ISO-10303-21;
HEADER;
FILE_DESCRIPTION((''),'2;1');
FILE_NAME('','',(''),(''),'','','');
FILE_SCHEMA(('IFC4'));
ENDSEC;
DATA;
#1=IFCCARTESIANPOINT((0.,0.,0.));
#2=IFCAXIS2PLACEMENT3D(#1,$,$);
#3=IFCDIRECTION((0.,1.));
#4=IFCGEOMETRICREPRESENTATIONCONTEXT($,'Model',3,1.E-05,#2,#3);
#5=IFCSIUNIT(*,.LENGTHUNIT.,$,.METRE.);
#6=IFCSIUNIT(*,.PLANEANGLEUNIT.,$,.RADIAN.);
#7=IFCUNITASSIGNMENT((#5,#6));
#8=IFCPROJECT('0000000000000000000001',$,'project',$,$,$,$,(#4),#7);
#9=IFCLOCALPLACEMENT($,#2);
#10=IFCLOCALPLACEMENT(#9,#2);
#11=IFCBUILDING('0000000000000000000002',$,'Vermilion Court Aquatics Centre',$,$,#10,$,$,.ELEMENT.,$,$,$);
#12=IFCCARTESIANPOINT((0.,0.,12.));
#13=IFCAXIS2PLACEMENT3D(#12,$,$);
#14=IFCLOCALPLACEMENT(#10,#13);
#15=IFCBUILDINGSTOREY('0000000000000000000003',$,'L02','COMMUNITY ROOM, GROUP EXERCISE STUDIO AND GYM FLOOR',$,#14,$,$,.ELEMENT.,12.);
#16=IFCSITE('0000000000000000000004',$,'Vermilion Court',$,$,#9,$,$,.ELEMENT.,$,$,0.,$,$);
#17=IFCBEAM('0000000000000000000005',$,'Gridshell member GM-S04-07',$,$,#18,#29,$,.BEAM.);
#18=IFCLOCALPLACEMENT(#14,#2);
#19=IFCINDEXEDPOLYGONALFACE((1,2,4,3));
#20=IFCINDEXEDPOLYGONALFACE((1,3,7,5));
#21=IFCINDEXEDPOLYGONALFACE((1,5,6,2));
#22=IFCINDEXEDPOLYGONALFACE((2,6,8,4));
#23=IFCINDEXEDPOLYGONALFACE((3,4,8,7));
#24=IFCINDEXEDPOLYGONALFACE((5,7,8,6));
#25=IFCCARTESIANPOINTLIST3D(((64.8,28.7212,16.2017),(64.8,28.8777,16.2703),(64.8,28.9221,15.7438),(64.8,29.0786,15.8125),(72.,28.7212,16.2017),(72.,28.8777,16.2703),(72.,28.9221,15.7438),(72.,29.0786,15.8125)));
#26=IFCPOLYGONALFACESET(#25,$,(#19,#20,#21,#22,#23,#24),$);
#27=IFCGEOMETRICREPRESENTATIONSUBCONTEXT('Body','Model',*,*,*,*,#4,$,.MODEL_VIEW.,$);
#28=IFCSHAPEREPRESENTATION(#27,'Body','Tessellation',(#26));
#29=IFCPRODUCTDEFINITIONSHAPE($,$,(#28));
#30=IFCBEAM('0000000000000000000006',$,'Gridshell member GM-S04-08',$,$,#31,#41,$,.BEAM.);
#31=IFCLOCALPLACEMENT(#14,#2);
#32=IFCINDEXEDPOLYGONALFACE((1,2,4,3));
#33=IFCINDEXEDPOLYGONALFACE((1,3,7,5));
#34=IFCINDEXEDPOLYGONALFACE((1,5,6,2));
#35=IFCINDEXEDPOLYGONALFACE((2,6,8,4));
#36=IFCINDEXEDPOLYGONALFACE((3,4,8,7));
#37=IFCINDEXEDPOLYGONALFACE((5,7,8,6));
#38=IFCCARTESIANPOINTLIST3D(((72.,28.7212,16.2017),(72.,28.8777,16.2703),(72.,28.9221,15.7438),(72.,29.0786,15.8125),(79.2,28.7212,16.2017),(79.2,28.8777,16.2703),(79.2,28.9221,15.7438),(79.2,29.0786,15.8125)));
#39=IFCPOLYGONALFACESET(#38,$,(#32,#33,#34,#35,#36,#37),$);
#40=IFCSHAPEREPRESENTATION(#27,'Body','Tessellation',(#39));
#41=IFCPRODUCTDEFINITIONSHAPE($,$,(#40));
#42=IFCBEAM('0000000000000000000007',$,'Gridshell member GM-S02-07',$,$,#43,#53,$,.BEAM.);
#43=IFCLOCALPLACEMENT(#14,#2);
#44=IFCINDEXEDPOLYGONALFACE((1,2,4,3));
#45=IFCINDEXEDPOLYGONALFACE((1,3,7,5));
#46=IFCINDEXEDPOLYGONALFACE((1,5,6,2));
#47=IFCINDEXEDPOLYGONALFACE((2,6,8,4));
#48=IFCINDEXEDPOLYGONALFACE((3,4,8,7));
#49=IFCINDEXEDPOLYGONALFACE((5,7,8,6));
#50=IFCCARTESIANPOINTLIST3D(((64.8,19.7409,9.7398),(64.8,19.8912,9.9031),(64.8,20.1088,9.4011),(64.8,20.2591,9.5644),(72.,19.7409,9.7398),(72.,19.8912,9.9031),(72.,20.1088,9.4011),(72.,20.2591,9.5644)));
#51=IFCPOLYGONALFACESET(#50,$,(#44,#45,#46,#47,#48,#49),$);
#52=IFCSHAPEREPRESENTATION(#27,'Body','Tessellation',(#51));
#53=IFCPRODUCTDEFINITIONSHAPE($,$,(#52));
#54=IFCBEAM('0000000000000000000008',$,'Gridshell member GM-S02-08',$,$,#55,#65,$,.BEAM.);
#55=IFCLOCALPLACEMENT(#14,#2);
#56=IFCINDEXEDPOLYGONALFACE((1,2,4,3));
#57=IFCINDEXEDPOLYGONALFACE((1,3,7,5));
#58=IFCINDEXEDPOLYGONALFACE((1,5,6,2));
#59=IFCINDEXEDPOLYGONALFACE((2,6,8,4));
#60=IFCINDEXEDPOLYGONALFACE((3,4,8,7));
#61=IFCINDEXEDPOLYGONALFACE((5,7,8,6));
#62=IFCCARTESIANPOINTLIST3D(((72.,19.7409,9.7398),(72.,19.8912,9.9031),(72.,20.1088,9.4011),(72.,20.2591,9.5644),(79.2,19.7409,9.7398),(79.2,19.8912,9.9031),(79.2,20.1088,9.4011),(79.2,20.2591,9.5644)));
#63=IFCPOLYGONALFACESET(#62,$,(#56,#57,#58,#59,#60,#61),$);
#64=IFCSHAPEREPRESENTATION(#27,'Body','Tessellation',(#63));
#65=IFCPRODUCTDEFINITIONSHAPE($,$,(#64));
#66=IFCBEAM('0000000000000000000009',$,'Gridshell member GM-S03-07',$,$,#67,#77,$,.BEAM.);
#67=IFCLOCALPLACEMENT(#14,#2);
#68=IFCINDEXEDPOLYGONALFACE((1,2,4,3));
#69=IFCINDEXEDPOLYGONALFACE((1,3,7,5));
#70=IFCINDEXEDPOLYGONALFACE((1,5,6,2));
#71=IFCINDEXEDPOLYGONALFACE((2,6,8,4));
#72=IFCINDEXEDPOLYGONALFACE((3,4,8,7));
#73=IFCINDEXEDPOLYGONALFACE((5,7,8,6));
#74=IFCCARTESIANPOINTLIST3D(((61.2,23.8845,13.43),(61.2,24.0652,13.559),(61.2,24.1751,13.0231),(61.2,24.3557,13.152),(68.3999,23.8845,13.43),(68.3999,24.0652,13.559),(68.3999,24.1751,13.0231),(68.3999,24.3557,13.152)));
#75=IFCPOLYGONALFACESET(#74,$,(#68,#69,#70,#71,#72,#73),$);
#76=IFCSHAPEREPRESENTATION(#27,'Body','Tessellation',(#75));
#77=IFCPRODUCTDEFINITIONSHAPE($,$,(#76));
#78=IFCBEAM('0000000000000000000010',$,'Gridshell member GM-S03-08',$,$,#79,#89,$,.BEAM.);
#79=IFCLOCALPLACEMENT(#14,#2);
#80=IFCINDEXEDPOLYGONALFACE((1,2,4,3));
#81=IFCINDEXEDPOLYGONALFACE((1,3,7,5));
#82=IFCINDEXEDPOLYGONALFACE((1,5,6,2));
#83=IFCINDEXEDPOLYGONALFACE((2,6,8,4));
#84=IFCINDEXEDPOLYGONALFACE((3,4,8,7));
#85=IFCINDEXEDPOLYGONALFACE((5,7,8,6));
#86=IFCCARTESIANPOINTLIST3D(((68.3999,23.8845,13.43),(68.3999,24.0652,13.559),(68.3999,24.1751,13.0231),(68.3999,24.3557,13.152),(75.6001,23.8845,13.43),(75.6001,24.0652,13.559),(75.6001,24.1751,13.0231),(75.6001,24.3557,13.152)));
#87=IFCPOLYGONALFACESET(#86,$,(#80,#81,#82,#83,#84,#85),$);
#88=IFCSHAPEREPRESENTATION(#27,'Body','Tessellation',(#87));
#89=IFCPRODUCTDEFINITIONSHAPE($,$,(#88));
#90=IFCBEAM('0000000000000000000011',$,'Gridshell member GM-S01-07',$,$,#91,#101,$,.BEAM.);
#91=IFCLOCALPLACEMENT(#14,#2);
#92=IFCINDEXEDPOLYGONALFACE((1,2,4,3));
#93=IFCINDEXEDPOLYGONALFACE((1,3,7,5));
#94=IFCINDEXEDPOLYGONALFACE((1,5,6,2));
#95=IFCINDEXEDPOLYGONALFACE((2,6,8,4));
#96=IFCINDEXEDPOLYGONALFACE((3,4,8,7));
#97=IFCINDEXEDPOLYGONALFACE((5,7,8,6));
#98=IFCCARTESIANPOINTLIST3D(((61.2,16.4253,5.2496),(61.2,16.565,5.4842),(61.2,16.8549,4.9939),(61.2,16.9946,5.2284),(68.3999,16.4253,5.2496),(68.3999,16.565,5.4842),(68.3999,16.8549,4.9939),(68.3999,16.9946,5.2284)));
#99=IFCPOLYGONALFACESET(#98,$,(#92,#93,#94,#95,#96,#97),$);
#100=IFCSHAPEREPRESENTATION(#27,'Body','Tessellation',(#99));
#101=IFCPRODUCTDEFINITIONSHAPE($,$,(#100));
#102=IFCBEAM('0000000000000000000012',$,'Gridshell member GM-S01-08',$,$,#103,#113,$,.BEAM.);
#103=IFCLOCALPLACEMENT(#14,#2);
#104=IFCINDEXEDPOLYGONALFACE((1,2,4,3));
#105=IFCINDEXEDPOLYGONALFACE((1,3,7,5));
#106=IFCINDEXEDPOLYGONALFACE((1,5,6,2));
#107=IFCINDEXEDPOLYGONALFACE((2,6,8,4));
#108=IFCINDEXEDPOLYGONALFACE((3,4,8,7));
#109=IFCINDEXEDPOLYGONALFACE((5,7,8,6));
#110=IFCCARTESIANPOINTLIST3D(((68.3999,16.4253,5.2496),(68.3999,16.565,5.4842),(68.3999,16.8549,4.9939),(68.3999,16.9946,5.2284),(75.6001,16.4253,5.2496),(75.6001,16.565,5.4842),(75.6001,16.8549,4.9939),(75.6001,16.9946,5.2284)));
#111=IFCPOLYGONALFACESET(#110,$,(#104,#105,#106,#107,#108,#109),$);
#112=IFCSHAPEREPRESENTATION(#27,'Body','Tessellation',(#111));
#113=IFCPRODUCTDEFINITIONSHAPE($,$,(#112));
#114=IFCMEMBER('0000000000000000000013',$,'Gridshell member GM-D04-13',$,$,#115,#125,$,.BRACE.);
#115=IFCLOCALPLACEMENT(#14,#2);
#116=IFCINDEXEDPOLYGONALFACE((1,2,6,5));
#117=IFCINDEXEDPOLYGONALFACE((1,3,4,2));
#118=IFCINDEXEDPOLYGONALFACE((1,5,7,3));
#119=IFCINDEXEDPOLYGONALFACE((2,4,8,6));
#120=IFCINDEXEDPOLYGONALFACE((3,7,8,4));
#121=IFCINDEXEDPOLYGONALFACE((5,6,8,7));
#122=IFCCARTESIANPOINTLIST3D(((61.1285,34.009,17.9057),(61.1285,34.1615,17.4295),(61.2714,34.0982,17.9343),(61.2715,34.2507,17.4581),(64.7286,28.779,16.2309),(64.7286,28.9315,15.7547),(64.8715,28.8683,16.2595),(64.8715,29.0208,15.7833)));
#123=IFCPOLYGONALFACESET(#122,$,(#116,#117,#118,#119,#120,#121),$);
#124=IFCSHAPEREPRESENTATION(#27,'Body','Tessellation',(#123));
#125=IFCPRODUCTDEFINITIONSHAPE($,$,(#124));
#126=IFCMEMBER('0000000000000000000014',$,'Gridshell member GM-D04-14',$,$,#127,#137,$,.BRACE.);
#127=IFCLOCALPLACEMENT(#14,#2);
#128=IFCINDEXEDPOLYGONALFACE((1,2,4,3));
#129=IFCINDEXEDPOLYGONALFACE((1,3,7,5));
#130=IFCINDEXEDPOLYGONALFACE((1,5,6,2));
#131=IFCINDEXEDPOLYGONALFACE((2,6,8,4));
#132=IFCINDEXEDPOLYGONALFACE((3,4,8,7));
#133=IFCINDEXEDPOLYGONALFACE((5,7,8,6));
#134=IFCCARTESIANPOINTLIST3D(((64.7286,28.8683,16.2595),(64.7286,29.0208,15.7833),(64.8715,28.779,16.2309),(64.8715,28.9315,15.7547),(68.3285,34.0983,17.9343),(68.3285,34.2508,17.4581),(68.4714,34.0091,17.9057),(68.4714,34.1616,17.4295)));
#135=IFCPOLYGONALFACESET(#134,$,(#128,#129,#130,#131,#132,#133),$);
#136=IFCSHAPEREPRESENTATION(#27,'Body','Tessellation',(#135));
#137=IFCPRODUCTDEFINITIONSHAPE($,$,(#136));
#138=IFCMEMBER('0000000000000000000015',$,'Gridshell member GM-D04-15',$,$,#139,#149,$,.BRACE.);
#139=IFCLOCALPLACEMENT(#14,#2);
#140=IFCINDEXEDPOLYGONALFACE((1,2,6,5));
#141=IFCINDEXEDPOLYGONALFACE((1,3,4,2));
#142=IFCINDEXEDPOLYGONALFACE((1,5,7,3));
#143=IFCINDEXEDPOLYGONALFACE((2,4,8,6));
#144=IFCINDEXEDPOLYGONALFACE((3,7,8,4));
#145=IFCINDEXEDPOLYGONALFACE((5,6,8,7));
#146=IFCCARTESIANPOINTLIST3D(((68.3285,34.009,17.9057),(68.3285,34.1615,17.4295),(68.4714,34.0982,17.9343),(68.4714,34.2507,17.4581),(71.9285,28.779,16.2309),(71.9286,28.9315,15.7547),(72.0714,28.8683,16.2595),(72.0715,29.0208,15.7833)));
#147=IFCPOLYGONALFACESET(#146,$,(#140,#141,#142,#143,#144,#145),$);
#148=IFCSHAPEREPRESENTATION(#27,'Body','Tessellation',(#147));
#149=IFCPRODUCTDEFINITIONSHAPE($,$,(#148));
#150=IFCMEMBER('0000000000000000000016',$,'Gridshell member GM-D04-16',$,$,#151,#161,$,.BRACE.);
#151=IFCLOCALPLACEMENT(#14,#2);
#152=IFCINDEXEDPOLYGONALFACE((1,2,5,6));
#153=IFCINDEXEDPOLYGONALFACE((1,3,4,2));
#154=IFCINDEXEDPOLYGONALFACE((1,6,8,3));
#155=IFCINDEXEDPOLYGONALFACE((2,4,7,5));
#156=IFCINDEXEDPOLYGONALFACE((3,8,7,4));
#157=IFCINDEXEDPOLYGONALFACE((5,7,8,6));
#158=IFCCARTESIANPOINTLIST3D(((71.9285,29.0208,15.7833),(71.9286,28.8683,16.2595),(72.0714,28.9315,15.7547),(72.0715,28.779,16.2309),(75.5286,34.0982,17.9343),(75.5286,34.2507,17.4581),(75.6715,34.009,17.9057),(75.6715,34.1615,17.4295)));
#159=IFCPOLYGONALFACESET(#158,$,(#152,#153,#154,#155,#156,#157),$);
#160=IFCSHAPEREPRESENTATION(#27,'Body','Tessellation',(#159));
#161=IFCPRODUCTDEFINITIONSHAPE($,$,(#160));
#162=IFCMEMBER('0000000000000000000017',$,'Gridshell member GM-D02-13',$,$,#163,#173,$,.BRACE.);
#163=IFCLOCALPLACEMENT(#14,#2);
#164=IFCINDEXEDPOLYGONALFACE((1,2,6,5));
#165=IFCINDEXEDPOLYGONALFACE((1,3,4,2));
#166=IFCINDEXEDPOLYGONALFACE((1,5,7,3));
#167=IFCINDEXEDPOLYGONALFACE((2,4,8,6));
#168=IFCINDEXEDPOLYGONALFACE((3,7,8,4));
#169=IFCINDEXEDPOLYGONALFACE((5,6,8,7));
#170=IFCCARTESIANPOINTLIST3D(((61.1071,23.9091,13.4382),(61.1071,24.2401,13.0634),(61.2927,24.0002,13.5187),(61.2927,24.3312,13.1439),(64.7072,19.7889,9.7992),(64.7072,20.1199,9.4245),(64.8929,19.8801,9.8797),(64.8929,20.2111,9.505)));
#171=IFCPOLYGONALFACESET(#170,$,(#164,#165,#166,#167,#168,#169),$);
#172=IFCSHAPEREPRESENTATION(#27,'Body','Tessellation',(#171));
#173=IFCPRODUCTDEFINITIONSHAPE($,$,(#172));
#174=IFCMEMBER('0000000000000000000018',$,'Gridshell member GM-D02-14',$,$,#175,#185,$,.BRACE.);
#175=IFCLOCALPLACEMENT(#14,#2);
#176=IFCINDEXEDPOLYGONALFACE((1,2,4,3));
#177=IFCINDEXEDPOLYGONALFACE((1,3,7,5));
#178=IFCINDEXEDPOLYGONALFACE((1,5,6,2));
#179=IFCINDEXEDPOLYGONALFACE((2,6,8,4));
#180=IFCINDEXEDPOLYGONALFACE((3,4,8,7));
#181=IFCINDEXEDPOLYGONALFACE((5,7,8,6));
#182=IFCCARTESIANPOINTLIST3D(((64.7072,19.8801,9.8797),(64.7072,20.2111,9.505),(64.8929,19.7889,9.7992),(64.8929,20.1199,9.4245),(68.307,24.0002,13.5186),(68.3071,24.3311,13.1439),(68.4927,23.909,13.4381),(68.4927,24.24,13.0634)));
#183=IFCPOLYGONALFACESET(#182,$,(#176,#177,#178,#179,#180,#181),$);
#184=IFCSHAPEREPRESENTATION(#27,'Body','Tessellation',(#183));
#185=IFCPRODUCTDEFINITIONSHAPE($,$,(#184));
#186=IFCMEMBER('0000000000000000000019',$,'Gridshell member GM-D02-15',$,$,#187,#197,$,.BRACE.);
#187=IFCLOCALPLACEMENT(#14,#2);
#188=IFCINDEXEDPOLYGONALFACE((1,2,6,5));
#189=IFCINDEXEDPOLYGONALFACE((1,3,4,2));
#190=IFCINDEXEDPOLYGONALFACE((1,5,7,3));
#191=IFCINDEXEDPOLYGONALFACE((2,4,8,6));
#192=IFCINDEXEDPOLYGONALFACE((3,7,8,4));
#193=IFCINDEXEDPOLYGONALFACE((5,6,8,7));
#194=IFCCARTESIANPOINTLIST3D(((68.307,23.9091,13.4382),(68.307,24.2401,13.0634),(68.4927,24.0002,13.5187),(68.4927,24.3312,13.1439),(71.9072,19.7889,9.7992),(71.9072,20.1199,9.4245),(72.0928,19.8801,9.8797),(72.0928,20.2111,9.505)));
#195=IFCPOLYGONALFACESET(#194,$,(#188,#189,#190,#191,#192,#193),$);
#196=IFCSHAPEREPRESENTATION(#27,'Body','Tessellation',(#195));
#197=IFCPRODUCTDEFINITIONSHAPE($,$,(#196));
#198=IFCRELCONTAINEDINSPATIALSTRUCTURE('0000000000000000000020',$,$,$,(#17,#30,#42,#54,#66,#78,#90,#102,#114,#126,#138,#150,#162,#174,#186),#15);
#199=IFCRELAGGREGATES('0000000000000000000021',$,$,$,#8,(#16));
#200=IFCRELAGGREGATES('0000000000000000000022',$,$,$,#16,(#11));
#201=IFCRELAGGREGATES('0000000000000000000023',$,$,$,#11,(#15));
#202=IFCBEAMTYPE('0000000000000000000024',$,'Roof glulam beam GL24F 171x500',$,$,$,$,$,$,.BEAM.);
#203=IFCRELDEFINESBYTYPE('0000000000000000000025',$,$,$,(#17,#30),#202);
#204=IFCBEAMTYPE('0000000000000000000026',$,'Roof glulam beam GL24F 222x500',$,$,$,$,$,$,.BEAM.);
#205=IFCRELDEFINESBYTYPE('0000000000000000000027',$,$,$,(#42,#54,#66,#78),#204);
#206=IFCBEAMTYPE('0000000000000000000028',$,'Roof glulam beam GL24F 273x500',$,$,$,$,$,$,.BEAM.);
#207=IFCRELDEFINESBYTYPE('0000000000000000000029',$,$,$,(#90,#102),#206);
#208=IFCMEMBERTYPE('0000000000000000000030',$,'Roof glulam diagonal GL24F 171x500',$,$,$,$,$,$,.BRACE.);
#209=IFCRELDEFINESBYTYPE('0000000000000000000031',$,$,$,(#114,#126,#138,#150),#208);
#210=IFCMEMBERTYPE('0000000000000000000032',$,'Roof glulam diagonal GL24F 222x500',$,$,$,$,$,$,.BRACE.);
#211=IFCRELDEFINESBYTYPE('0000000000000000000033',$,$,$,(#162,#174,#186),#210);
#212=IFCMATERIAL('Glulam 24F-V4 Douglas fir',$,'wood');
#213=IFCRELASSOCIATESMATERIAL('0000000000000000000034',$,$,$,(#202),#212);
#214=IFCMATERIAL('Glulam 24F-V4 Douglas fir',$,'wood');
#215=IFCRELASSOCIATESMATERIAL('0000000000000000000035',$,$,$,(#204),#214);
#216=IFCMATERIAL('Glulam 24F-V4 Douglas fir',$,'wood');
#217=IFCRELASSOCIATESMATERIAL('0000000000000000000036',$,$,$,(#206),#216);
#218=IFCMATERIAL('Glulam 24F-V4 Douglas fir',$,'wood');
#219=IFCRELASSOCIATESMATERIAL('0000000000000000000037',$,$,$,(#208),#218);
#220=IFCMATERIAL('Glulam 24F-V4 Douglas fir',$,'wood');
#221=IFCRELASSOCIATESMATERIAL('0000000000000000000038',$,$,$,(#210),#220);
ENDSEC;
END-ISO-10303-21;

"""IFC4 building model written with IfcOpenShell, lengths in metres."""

from ifc_helpers import new_model, si_unit, direction, frame, origin, origin_2d, place, context, subcontext, project, spatial, rectangle, extrude, material, material_profile, profile_set, type_object, element, save


model = new_model("IFC4")

# Units and contexts
model_context = context("Model", 3, precision=1e-05, world=origin(), true_north=direction((0.0, 1.0)))
body_context = subcontext(model_context, "Body", "Model", "MODEL_VIEW")
ifc_project = project(units=[si_unit("LENGTHUNIT", "METRE"), si_unit("PLANEANGLEUNIT", "RADIAN")], contexts=[model_context])

# Site, building, storey
site_placement = place(None, origin())
site = spatial("IfcSite", under=ifc_project, at=site_placement, Name="Vermilion Court", CompositionType="ELEMENT", RefElevation=0.0)
building_placement = place(site_placement, origin())
building = spatial("IfcBuilding", under=site, at=building_placement, Name="Vermilion Court Aquatics Centre", CompositionType="ELEMENT")
storey_placement = place(building_placement, frame((0.0, 0.0, 12.0)))
storey = spatial("IfcBuildingStorey", under=building, at=storey_placement, Name="L02", Description="COMMUNITY ROOM, GROUP EXERCISE STUDIO AND GYM FLOOR", CompositionType="ELEMENT", Elevation=12.0)

# Beams
ifc_material_1 = material(Name="Glulam 24F-V4 Douglas fir", Category="wood")
ifc_material_profile_1 = material_profile(ifc_material_1, rectangle(XDim=0.1709, YDim=0.5, at=origin_2d()), Name="GL24F 171x500")
ifc_profile_set_1 = profile_set([ifc_material_profile_1], Name="Glulam 24F-V4 Douglas fir")
beam_type_1 = type_object("IfcBeamType", Name="Roof glulam beam GL24F 171x500", PredefinedType="BEAM", material=ifc_profile_set_1)
for number, where, z_axis, x_axis, name in (
    (1, (64.8, 28.8999, 16.0071), (1.0, 0.0, 0.0), (0.0, 0.915794, 0.401648), "Gridshell member GM-S04-07"),
    (2, (72.0, 28.8999, 16.0071), (1.0, 0.0, 0.0), (0.0, 0.915794, 0.401648), "Gridshell member GM-S04-08"),
):
    element("IfcBeam", number, at=place(storey_placement, frame(where, z_axis=z_axis, x_axis=x_axis)), inside=storey, type_object=beam_type_1, Name=name, PredefinedType="BEAM", context=body_context, shape_type="SweptSolid", body=[
        extrude(rectangle(XDim=0.1709, YDim=0.5, at=origin_2d()), origin(), (0.0, 0.0, 1.0), 7.2),
    ])
ifc_material_2 = material(Name="Glulam 24F-V4 Douglas fir", Category="wood")
ifc_material_profile_2 = material_profile(ifc_material_2, rectangle(XDim=0.2219, YDim=0.5, at=origin_2d()), Name="GL24F 222x500")
ifc_profile_set_2 = profile_set([ifc_material_profile_2], Name="Glulam 24F-V4 Douglas fir")
beam_type_2 = type_object("IfcBeamType", Name="Roof glulam beam GL24F 222x500", PredefinedType="BEAM", material=ifc_profile_set_2)
for number, where, z_axis, x_axis, name in (
    (3, (64.8, 20.0, 9.6521), (1.0, 0.0, 0.0), (0.0, 0.67726, 0.735744), "Gridshell member GM-S02-07"),
    (4, (72.0, 20.0, 9.6521), (1.0, 0.0, 0.0), (0.0, 0.67726, 0.735744), "Gridshell member GM-S02-08"),
    (5, (61.2, 24.1201, 13.291), (1.0, 0.0, 0.0), (0.0, 0.813848, 0.581078), "Gridshell member GM-S03-07"),
):
    element("IfcBeam", number, at=place(storey_placement, frame(where, z_axis=z_axis, x_axis=x_axis)), inside=storey, type_object=beam_type_2, Name=name, PredefinedType="BEAM", context=body_context, shape_type="SweptSolid", body=[
        extrude(rectangle(XDim=0.2219, YDim=0.5, at=origin_2d()), origin(), (0.0, 0.0, 1.0), 7.2),
    ])
beam_1_placement = place(storey_placement, frame((68.3999, 24.1201, 13.291), z_axis=(1.0, 0.0, 0.0), x_axis=(0.0, 0.813848, 0.581078)))
element("IfcBeam", 6, at=beam_1_placement, inside=storey, type_object=beam_type_2, Name="Gridshell member GM-S03-08", PredefinedType="BEAM", context=body_context, shape_type="SweptSolid", body=[
    extrude(rectangle(XDim=0.2219, YDim=0.5, at=origin_2d()), origin(), (0.0, 0.0, 1.0), 7.2002),
])
ifc_material_3 = material(Name="Glulam 24F-V4 Douglas fir", Category="wood")
ifc_material_profile_3 = material_profile(ifc_material_3, rectangle(XDim=0.2729, YDim=0.5, at=origin_2d()), Name="GL24F 273x500")
ifc_profile_set_3 = profile_set([ifc_material_profile_3], Name="Glulam 24F-V4 Douglas fir")
beam_type_3 = type_object("IfcBeamType", Name="Roof glulam beam GL24F 273x500", PredefinedType="BEAM", material=ifc_profile_set_3)
beam_2_placement = place(storey_placement, frame((61.2, 16.71, 5.239), z_axis=(1.0, 0.0, 0.0), x_axis=(0.0, 0.511595, 0.859227)))
element("IfcBeam", 7, at=beam_2_placement, inside=storey, type_object=beam_type_3, Name="Gridshell member GM-S01-07", PredefinedType="BEAM", context=body_context, shape_type="SweptSolid", body=[
    extrude(rectangle(XDim=0.2729, YDim=0.5, at=origin_2d()), origin(), (0.0, 0.0, 1.0), 7.2),
])
beam_3_placement = place(storey_placement, frame((68.3999, 16.71, 5.239), z_axis=(1.0, 0.0, 0.0), x_axis=(0.0, 0.511595, 0.859227)))
element("IfcBeam", 8, at=beam_3_placement, inside=storey, type_object=beam_type_3, Name="Gridshell member GM-S01-08", PredefinedType="BEAM", context=body_context, shape_type="SweptSolid", body=[
    extrude(rectangle(XDim=0.2729, YDim=0.5, at=origin_2d()), origin(), (0.0, 0.0, 1.0), 7.2002),
])

# Members
ifc_material_4 = material(Name="Glulam 24F-V4 Douglas fir", Category="wood")
ifc_material_profile_4 = material_profile(ifc_material_4, rectangle(XDim=0.1709, YDim=0.5, at=origin_2d()), Name="GL24F 171x500")
ifc_profile_set_4 = profile_set([ifc_material_profile_4], Name="Glulam 24F-V4 Douglas fir")
member_type_1 = type_object("IfcMemberType", Name="Roof glulam diagonal GL24F 171x500", PredefinedType="BRACE", material=ifc_profile_set_4)
for number, where, z_axis, x_axis, name in (
    (9, (64.8, 28.8999, 16.0071), (-0.548256, 0.796469, 0.255055), (-0.836311, -0.522113, -0.167278), "Gridshell member GM-D04-13"),
    (10, (64.8, 28.8999, 16.0071), (0.54823, 0.796485, 0.25506), (-0.836328, 0.522086, 0.167278), "Gridshell member GM-D04-14"),
    (11, (72.0, 28.8999, 16.0071), (-0.548256, 0.796469, 0.255055), (-0.836311, -0.522113, -0.167278), "Gridshell member GM-D04-15"),
    (12, (72.0, 28.8999, 16.0071), (0.548256, 0.796469, 0.255055), (-0.836311, 0.522113, 0.167278), "Gridshell member GM-D04-16"),
):
    element("IfcMember", number, at=place(storey_placement, frame(where, z_axis=z_axis, x_axis=x_axis)), inside=storey, type_object=member_type_1, Name=name, PredefinedType="BRACE", context=body_context, shape_type="SweptSolid", body=[
        extrude(rectangle(XDim=0.1709, YDim=0.5, at=origin_2d()), origin(), (0.0, 0.0, 1.0), 6.5664),
    ])
ifc_material_5 = material(Name="Glulam 24F-V4 Douglas fir", Category="wood")
ifc_material_profile_5 = material_profile(ifc_material_5, rectangle(XDim=0.2219, YDim=0.5, at=origin_2d()), Name="GL24F 222x500")
ifc_profile_set_5 = profile_set([ifc_material_profile_5], Name="Glulam 24F-V4 Douglas fir")
member_type_2 = type_object("IfcMemberType", Name="Roof glulam diagonal GL24F 222x500", PredefinedType="BRACE", material=ifc_profile_set_5)
member_1_placement = place(storey_placement, frame((64.8, 20.0, 9.6521), z_axis=(-0.547878, 0.627017, 0.553786), x_axis=(-0.836558, -0.410664, -0.362664)))
element("IfcMember", 13, at=member_1_placement, inside=storey, type_object=member_type_2, Name="Gridshell member GM-D02-13", PredefinedType="BRACE", context=body_context, shape_type="SweptSolid", body=[
    extrude(rectangle(XDim=0.2219, YDim=0.5, at=origin_2d()), origin(), (0.0, 0.0, 1.0), 6.571),
])
member_2_placement = place(storey_placement, frame((64.8, 20.0, 9.6521), z_axis=(0.547852, 0.62703, 0.553797), x_axis=(-0.836575, 0.410632, 0.362661)))
element("IfcMember", 14, at=member_2_placement, inside=storey, type_object=member_type_2, Name="Gridshell member GM-D02-14", PredefinedType="BRACE", context=body_context, shape_type="SweptSolid", body=[
    extrude(rectangle(XDim=0.2219, YDim=0.5, at=origin_2d()), origin(), (0.0, 0.0, 1.0), 6.5708),
])
for number, where, z_axis, x_axis, name in (
    (15, (72.0, 20.0, 9.6521), (-0.547878, 0.627017, 0.553786), (-0.836558, -0.410664, -0.362664), "Gridshell member GM-D02-15"),
):
    element("IfcMember", number, at=place(storey_placement, frame(where, z_axis=z_axis, x_axis=x_axis)), inside=storey, type_object=member_type_2, Name=name, PredefinedType="BRACE", context=body_context, shape_type="SweptSolid", body=[
        extrude(rectangle(XDim=0.2219, YDim=0.5, at=origin_2d()), origin(), (0.0, 0.0, 1.0), 6.571),
    ])

save(model, "model.ifc")
